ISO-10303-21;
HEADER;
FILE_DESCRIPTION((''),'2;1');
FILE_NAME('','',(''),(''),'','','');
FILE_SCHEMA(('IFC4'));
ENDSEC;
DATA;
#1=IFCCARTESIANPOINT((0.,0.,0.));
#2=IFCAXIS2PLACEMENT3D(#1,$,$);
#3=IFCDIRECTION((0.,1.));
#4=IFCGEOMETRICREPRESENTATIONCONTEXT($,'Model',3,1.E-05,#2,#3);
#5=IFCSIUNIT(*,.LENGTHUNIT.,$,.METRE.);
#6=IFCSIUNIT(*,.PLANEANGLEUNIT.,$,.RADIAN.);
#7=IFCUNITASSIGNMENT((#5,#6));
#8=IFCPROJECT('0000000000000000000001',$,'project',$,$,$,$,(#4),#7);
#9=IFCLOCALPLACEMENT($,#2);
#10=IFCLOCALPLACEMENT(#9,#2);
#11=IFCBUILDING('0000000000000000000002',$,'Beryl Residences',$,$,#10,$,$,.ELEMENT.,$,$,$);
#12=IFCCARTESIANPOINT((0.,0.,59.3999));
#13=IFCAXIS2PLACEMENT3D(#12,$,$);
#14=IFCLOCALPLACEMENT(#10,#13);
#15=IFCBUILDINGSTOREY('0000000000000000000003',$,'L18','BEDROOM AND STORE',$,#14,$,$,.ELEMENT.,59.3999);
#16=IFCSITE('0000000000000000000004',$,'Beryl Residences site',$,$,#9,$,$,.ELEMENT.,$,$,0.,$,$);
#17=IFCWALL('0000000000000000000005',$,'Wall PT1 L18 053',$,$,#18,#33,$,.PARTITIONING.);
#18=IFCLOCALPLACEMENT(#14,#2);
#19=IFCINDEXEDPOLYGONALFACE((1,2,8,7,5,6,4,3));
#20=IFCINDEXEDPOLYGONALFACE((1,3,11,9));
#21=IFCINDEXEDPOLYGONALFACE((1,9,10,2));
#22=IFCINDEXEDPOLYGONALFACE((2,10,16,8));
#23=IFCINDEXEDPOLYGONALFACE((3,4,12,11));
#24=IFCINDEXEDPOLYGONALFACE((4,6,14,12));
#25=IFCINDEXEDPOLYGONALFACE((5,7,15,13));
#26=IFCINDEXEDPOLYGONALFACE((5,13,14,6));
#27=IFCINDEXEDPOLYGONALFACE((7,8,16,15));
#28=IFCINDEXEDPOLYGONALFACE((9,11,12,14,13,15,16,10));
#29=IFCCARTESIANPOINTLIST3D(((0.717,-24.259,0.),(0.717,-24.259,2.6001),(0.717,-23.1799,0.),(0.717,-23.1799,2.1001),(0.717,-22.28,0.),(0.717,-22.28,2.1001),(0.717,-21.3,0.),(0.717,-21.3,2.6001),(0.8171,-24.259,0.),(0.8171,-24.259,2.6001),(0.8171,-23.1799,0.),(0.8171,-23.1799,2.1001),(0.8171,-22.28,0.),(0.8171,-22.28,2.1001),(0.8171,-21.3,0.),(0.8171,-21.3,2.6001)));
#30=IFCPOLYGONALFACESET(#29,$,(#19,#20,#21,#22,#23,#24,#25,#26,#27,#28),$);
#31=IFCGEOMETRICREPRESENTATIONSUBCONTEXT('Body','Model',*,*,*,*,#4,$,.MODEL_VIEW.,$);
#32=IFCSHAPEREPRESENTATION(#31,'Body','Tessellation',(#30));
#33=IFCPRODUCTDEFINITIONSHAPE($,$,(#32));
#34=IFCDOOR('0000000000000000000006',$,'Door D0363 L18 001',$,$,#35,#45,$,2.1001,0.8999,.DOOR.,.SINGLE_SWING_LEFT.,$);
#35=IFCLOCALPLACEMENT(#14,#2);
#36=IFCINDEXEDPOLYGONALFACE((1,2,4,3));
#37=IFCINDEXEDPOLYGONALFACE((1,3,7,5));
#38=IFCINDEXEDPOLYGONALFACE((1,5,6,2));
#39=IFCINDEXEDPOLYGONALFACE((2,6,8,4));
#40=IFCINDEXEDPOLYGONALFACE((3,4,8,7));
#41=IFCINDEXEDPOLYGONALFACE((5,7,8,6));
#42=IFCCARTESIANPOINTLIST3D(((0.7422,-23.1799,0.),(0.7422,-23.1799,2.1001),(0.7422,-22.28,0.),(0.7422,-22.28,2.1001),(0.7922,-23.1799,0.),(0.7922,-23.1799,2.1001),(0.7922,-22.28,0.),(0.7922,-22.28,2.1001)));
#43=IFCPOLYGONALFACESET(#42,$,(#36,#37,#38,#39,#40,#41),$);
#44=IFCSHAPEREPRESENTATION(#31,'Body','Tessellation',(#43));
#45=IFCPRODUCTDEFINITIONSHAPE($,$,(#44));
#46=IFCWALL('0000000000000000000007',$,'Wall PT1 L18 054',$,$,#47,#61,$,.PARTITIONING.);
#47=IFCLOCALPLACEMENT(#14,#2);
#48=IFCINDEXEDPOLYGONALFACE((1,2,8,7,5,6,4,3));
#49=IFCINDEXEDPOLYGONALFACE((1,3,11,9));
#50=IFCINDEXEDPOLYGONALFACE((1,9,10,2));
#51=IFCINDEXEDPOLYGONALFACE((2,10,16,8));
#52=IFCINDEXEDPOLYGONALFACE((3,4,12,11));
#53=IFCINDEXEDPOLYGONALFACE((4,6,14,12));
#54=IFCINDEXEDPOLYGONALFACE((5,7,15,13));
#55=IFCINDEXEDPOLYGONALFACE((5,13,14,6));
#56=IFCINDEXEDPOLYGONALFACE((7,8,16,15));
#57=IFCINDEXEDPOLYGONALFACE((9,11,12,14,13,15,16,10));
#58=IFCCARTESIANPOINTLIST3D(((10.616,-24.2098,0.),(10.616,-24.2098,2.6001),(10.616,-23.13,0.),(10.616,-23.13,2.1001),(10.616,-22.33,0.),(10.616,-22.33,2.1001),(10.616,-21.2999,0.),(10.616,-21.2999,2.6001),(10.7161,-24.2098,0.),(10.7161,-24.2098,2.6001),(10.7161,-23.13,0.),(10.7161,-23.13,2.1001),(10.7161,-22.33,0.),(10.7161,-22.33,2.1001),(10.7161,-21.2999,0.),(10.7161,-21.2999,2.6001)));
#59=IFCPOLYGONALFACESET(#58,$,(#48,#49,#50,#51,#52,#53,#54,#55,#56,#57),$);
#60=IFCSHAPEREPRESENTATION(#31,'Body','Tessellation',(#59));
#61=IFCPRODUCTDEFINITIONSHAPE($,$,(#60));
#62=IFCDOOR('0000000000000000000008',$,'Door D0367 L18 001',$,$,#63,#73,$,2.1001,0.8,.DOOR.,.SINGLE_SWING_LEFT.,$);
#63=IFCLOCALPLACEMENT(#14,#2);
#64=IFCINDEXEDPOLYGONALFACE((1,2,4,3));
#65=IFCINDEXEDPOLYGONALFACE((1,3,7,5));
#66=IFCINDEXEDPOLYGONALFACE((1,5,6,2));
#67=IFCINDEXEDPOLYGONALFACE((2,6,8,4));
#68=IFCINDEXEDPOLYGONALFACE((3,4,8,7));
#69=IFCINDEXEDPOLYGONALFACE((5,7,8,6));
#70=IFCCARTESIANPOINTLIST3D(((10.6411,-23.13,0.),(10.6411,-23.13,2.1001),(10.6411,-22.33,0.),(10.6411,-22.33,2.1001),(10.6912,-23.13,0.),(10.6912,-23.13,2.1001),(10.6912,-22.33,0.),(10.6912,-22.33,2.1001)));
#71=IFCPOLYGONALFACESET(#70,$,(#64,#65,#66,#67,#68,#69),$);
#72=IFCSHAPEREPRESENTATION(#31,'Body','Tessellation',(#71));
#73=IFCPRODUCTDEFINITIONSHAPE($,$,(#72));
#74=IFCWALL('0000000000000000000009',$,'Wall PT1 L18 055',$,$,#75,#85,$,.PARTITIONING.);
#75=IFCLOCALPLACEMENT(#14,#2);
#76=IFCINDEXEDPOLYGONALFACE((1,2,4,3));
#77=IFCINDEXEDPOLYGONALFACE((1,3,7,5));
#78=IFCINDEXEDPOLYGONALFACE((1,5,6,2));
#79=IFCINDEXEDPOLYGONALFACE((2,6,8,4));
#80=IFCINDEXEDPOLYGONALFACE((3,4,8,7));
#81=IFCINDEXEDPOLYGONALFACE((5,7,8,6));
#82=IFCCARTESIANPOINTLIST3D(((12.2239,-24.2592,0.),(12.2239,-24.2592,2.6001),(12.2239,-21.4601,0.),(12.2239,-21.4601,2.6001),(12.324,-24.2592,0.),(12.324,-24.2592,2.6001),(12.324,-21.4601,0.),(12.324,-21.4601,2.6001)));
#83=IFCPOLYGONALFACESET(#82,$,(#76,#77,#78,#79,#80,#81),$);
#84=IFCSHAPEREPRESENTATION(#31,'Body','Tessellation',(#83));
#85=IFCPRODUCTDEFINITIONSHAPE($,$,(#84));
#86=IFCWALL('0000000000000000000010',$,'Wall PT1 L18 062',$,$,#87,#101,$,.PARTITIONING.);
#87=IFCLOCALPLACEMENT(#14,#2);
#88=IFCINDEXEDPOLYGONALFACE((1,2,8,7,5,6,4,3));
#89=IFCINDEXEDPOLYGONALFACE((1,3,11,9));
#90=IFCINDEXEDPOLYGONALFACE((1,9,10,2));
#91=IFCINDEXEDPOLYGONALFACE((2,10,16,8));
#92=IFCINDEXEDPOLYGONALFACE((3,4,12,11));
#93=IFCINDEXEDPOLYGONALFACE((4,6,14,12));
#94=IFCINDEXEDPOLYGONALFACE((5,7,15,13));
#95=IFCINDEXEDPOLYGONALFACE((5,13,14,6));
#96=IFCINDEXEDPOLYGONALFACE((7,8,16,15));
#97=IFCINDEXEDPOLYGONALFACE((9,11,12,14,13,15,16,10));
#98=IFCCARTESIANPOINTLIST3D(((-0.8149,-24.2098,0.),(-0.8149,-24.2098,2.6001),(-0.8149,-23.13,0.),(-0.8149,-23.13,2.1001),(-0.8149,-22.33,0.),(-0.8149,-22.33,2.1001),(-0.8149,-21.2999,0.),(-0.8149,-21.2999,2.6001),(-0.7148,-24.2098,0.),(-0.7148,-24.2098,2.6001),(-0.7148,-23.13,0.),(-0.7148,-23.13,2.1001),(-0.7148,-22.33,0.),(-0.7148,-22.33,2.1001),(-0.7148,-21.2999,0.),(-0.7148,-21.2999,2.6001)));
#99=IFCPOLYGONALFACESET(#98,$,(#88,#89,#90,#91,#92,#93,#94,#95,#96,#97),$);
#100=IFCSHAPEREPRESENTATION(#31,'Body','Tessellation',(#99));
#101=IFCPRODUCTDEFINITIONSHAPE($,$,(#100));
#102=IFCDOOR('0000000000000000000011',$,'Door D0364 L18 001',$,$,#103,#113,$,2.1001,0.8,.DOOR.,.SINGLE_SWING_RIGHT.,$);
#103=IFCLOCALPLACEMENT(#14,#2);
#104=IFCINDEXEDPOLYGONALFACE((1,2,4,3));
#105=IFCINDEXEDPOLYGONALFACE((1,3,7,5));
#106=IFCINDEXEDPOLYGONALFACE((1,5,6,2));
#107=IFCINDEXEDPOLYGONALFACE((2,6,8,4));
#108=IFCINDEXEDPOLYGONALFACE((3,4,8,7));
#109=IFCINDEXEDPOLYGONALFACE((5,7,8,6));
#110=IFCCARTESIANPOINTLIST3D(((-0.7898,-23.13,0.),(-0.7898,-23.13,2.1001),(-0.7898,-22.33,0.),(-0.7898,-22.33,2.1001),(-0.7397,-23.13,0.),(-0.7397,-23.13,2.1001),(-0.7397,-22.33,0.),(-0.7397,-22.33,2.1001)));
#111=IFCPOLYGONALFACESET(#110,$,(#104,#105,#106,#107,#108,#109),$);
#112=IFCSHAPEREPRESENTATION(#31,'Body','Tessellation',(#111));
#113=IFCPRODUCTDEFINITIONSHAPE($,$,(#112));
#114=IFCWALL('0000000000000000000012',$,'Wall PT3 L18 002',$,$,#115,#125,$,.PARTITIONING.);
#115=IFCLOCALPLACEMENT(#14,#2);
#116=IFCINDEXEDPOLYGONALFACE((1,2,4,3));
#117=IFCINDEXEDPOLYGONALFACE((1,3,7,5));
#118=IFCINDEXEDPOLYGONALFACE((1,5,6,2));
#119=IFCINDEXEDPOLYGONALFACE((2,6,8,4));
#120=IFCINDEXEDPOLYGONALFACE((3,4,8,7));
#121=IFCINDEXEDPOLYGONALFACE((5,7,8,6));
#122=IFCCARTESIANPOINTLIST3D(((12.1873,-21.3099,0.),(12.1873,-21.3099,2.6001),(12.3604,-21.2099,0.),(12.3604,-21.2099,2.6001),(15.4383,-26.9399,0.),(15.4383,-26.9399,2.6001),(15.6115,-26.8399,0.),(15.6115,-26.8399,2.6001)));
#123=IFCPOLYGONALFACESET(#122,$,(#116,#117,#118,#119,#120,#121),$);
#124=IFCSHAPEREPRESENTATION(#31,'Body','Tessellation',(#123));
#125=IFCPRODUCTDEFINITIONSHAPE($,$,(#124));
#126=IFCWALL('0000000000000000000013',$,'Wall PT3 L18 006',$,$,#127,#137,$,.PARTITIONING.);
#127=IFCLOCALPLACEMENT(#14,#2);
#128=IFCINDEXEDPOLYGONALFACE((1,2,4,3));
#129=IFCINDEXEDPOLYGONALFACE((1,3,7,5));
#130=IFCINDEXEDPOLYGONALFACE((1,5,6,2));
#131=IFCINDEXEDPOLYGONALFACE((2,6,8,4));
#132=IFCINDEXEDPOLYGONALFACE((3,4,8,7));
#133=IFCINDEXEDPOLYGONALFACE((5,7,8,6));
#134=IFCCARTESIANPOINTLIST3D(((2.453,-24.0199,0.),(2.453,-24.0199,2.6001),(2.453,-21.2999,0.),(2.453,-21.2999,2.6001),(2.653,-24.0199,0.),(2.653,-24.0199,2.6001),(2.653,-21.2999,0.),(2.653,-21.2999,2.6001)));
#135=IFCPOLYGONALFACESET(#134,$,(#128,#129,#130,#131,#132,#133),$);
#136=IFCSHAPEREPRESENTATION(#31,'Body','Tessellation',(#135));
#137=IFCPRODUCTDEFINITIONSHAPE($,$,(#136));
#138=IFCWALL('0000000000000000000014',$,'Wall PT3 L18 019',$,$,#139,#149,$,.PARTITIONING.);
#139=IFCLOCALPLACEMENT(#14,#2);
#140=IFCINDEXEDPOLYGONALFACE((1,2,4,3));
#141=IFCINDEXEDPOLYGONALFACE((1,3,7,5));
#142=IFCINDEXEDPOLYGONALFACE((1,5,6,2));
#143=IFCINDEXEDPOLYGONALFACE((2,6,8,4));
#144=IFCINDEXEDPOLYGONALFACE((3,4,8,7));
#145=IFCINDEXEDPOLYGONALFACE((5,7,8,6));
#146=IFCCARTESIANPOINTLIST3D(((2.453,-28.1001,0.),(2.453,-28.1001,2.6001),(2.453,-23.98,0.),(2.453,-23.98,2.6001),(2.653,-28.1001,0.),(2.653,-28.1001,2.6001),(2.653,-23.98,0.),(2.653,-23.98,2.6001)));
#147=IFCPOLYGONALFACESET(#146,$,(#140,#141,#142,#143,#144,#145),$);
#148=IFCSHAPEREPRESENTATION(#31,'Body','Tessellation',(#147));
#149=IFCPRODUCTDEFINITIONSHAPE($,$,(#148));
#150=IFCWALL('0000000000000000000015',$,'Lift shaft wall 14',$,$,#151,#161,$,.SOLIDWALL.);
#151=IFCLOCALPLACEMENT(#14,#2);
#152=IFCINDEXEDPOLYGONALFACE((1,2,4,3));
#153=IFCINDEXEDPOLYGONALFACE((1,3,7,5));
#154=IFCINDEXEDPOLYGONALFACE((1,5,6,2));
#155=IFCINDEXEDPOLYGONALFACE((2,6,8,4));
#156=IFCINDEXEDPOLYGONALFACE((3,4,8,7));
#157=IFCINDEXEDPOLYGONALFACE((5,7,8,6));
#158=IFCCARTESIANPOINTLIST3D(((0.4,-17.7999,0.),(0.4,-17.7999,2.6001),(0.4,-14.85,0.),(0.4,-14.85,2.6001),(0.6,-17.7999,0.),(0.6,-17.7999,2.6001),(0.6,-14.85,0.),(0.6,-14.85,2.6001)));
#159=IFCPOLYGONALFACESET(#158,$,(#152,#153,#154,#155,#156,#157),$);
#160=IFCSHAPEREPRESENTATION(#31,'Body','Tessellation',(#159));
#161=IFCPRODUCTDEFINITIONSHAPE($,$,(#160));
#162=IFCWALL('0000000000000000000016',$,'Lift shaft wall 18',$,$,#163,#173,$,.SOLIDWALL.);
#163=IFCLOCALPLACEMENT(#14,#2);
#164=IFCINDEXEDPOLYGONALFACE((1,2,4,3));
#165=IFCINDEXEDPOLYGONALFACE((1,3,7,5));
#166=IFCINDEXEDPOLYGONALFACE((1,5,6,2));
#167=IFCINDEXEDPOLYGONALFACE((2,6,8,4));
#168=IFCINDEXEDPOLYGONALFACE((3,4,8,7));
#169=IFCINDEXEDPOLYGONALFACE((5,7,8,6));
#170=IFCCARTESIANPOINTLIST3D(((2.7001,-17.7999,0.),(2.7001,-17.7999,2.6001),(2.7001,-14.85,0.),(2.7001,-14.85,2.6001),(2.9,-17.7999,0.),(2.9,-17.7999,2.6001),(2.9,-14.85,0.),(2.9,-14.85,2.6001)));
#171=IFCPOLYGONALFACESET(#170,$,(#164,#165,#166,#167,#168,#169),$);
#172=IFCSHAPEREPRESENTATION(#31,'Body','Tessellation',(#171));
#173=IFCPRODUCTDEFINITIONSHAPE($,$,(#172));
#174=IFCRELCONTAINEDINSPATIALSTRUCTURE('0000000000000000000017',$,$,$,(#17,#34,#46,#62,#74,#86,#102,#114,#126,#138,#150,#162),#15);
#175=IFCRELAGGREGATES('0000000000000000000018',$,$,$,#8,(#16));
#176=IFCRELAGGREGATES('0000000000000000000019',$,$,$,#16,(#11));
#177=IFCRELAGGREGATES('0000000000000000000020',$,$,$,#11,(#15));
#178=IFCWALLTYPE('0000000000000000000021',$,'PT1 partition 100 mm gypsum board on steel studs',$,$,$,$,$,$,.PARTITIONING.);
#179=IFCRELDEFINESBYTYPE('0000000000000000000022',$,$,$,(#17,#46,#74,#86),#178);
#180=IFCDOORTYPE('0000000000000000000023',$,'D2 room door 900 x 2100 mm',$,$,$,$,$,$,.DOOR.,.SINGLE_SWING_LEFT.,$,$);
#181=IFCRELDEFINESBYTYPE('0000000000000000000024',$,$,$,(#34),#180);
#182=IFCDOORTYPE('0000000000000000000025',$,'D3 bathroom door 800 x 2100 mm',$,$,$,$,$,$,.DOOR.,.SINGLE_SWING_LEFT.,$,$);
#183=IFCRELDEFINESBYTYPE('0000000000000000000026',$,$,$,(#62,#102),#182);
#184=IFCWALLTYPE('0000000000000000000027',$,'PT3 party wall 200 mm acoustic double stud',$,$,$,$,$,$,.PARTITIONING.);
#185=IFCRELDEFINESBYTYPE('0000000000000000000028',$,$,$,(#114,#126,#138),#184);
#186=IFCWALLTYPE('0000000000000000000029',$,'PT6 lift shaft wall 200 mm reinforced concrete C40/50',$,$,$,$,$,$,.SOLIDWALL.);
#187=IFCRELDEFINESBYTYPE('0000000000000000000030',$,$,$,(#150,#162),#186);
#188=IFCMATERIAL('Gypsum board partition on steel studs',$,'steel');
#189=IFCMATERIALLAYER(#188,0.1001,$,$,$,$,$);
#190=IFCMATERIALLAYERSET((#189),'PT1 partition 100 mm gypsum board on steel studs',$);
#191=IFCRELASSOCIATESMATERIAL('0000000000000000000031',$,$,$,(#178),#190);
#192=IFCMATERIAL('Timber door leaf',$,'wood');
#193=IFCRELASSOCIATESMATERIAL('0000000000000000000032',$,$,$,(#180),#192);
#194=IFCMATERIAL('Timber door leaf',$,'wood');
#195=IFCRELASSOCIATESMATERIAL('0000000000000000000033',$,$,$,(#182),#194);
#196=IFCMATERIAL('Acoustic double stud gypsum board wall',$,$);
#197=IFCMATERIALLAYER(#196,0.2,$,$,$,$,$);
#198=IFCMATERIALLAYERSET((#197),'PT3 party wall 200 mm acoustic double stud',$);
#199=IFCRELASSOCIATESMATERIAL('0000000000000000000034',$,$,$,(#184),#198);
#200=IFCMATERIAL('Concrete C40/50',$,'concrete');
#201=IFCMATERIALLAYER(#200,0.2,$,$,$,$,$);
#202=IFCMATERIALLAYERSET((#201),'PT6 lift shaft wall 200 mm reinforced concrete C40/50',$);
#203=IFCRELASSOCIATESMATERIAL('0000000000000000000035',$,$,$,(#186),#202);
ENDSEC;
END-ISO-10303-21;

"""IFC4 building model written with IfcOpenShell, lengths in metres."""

from ifc_helpers import new_model, si_unit, direction, frame, frame_2d, origin, place, context, subcontext, project, spatial, rectangle, extrude, material, layer, layer_set, type_object, element, fill, save


model = new_model("IFC4")

# Units and contexts
model_context = context("Model", 3, precision=1e-05, world=origin(), true_north=direction((0.0, 1.0)))
body_context = subcontext(model_context, "Body", "Model", "MODEL_VIEW")
ifc_project = project(units=[si_unit("LENGTHUNIT", "METRE"), si_unit("PLANEANGLEUNIT", "RADIAN")], contexts=[model_context])

# Site, building, storey
site_placement = place(None, origin())
site = spatial("IfcSite", under=ifc_project, at=site_placement, Name="Beryl Residences site", CompositionType="ELEMENT", RefElevation=0.0)
building_placement = place(site_placement, origin())
building = spatial("IfcBuilding", under=site, at=building_placement, Name="Beryl Residences", CompositionType="ELEMENT")
storey_placement = place(building_placement, frame((0.0, 0.0, 59.3999)))
storey = spatial("IfcBuildingStorey", under=building, at=storey_placement, Name="L18", Description="BEDROOM AND STORE", CompositionType="ELEMENT", Elevation=59.3999)

# Shared definitions
ifc_material_1 = material(Name="Gypsum board partition on steel studs", Category="steel")
ifc_layer_1 = layer(ifc_material_1, 0.1001)
ifc_layer_set_1 = layer_set([ifc_layer_1], Name="PT1 partition 100 mm gypsum board on steel studs")
wall_type_1 = type_object("IfcWallType", Name="PT1 partition 100 mm gypsum board on steel studs", PredefinedType="PARTITIONING", material=ifc_layer_set_1)
ifc_material_2 = material(Name="Timber door leaf", Category="wood")
door_type_1 = type_object("IfcDoorType", Name="D2 room door 900 x 2100 mm", OperationType="SINGLE_SWING_LEFT", PredefinedType="DOOR", material=ifc_material_2)
ifc_material_3 = material(Name="Timber door leaf", Category="wood")
door_type_2 = type_object("IfcDoorType", Name="D3 bathroom door 800 x 2100 mm", OperationType="SINGLE_SWING_LEFT", PredefinedType="DOOR", material=ifc_material_3)

# Walls, openings, doors
wall_1_placement = place(storey_placement, frame((0.7671, -24.259, 0.0), z_axis=(0.0, 0.0, 1.0), x_axis=(0.0, 1.0, 0.0)))
wall_1 = element("IfcWall", 1, at=wall_1_placement, inside=storey, type_object=wall_type_1, Name="Wall PT1 L18 053", PredefinedType="PARTITIONING", context=body_context, shape_type="SweptSolid", body=[
    extrude(rectangle(XDim=2.959, YDim=0.1001, at=frame_2d((1.4795, 0.0))), origin(), (0.0, 0.0, 1.0), 2.6001),
])
opening_1_placement = place(wall_1_placement, frame((1.0791, 0.0, 0.0)))
opening_1 = element("IfcOpeningElement", 2, at=opening_1_placement, cuts=wall_1, PredefinedType="OPENING", context=body_context, shape_type="SweptSolid", body=[
    extrude(rectangle(XDim=0.8999, YDim=2.1001, at=frame_2d((0.45, 1.05))), frame((0.0, 0.0601, 0.0), z_axis=(0.0, -1.0, 0.0), x_axis=(1.0, 0.0, 0.0)), (0.0, 0.0, 1.0), 0.1201),
])
door_1_placement = place(opening_1_placement, origin())
door_1 = element("IfcDoor", 3, at=door_1_placement, inside=storey, type_object=door_type_1, Name="Door D0363 L18 001", OperationType="SINGLE_SWING_LEFT", OverallHeight=2.1001, OverallWidth=0.8999, PredefinedType="DOOR", context=body_context, shape_type="SweptSolid", body=[
    extrude(rectangle(XDim=0.8999, YDim=2.1001, at=frame_2d((0.45, 1.05))), frame((0.0, 0.0249, 0.0), z_axis=(0.0, -1.0, 0.0), x_axis=(1.0, 0.0, 0.0)), (0.0, 0.0, 1.0), 0.05),
])
fill(opening_1, door_1)
wall_2_placement = place(storey_placement, frame((10.666, -24.21, 0.0), z_axis=(0.0, 0.0, 1.0), x_axis=(0.0, 1.0, 0.0)))
wall_2 = element("IfcWall", 4, at=wall_2_placement, inside=storey, type_object=wall_type_1, Name="Wall PT1 L18 054", PredefinedType="PARTITIONING", context=body_context, shape_type="SweptSolid", body=[
    extrude(rectangle(XDim=2.9099, YDim=0.1001, at=frame_2d((1.4551, 0.0))), origin(), (0.0, 0.0, 1.0), 2.6001),
])
opening_2_placement = place(wall_2_placement, frame((1.0801, 0.0, 0.0)))
opening_2 = element("IfcOpeningElement", 5, at=opening_2_placement, cuts=wall_2, PredefinedType="OPENING", context=body_context, shape_type="SweptSolid", body=[
    extrude(rectangle(XDim=0.8, YDim=2.1001, at=frame_2d((0.3999, 1.05))), frame((0.0, 0.0601, 0.0), z_axis=(0.0, -1.0, 0.0), x_axis=(1.0, 0.0, 0.0)), (0.0, 0.0, 1.0), 0.1201),
])
door_2_placement = place(opening_2_placement, origin())
door_2 = element("IfcDoor", 6, at=door_2_placement, inside=storey, type_object=door_type_2, Name="Door D0367 L18 001", OperationType="SINGLE_SWING_LEFT", OverallHeight=2.1001, OverallWidth=0.8, PredefinedType="DOOR", context=body_context, shape_type="SweptSolid", body=[
    extrude(rectangle(XDim=0.8, YDim=2.1001, at=frame_2d((0.3999, 1.05))), frame((0.0, 0.0249, 0.0), z_axis=(0.0, -1.0, 0.0), x_axis=(1.0, 0.0, 0.0)), (0.0, 0.0, 1.0), 0.05),
])
fill(opening_2, door_2)

# Wall
wall_3_placement = place(storey_placement, frame((12.2739, -24.259, 0.0), z_axis=(0.0, 0.0, 1.0), x_axis=(0.0, 1.0, 0.0)))
element("IfcWall", 7, at=wall_3_placement, inside=storey, type_object=wall_type_1, Name="Wall PT1 L18 055", PredefinedType="PARTITIONING", context=body_context, shape_type="SweptSolid", body=[
    extrude(rectangle(XDim=2.7991, YDim=0.1001, at=frame_2d((1.3994, 0.0))), origin(), (0.0, 0.0, 1.0), 2.6001),
])

# Wall, opening, door
wall_4_placement = place(storey_placement, frame((-0.7649, -24.21, 0.0), z_axis=(0.0, 0.0, 1.0), x_axis=(0.0, 1.0, 0.0)))
wall_4 = element("IfcWall", 8, at=wall_4_placement, inside=storey, type_object=wall_type_1, Name="Wall PT1 L18 062", PredefinedType="PARTITIONING", context=body_context, shape_type="SweptSolid", body=[
    extrude(rectangle(XDim=2.9099, YDim=0.1001, at=frame_2d((1.4551, 0.0))), origin(), (0.0, 0.0, 1.0), 2.6001),
])
opening_3_placement = place(wall_4_placement, frame((1.0801, 0.0, 0.0)))
opening_3 = element("IfcOpeningElement", 9, at=opening_3_placement, cuts=wall_4, PredefinedType="OPENING", context=body_context, shape_type="SweptSolid", body=[
    extrude(rectangle(XDim=0.8, YDim=2.1001, at=frame_2d((0.3999, 1.05))), frame((0.0, 0.0601, 0.0), z_axis=(0.0, -1.0, 0.0), x_axis=(1.0, 0.0, 0.0)), (0.0, 0.0, 1.0), 0.1201),
])
door_3_placement = place(opening_3_placement, origin())
door_3 = element("IfcDoor", 10, at=door_3_placement, inside=storey, type_object=door_type_2, Name="Door D0364 L18 001", OperationType="SINGLE_SWING_RIGHT", OverallHeight=2.1001, OverallWidth=0.8, PredefinedType="DOOR", context=body_context, shape_type="SweptSolid", body=[
    extrude(rectangle(XDim=0.8, YDim=2.1001, at=frame_2d((0.3999, 1.05))), frame((0.0, 0.0249, 0.0), z_axis=(0.0, -1.0, 0.0), x_axis=(1.0, 0.0, 0.0)), (0.0, 0.0, 1.0), 0.05),
])
fill(opening_3, door_3)

# Walls
ifc_material_4 = material(Name="Acoustic double stud gypsum board wall")
ifc_layer_2 = layer(ifc_material_4, 0.2)
ifc_layer_set_2 = layer_set([ifc_layer_2], Name="PT3 party wall 200 mm acoustic double stud")
wall_type_2 = type_object("IfcWallType", Name="PT3 party wall 200 mm acoustic double stud", PredefinedType="PARTITIONING", material=ifc_layer_set_2)
wall_5_placement = place(storey_placement, frame((12.2739, -21.26, 0.0), z_axis=(0.0, 0.0, 1.0), x_axis=(0.500065, -0.865988, 0.0)))
element("IfcWall", 11, at=wall_5_placement, inside=storey, type_object=wall_type_2, Name="Wall PT3 L18 002", PredefinedType="PARTITIONING", context=body_context, shape_type="SweptSolid", body=[
    extrude(rectangle(XDim=6.5012, YDim=0.2, at=frame_2d((3.2505, 0.0))), origin(), (0.0, 0.0, 1.0), 2.6001),
])
wall_6_placement = place(storey_placement, frame((2.553, -21.3, 0.0), z_axis=(0.0, 0.0, 1.0), x_axis=(0.0, -1.0, 0.0)))
element("IfcWall", 12, at=wall_6_placement, inside=storey, type_object=wall_type_2, Name="Wall PT3 L18 006", PredefinedType="PARTITIONING", context=body_context, shape_type="SweptSolid", body=[
    extrude(rectangle(XDim=2.72, YDim=0.2, at=frame_2d((1.3599, 0.0))), origin(), (0.0, 0.0, 1.0), 2.6001),
])
wall_7_placement = place(storey_placement, frame((2.553, -28.1001, 0.0), z_axis=(0.0, 0.0, 1.0), x_axis=(0.0, 1.0, 0.0)))
element("IfcWall", 13, at=wall_7_placement, inside=storey, type_object=wall_type_2, Name="Wall PT3 L18 019", PredefinedType="PARTITIONING", context=body_context, shape_type="SweptSolid", body=[
    extrude(rectangle(XDim=4.1201, YDim=0.2, at=frame_2d((2.0601, 0.0))), origin(), (0.0, 0.0, 1.0), 2.6001),
])
ifc_material_5 = material(Name="Concrete C40/50", Category="concrete")
ifc_layer_3 = layer(ifc_material_5, 0.2)
ifc_layer_set_3 = layer_set([ifc_layer_3], Name="PT6 lift shaft wall 200 mm reinforced concrete C40/50")
wall_type_3 = type_object("IfcWallType", Name="PT6 lift shaft wall 200 mm reinforced concrete C40/50", PredefinedType="SOLIDWALL", material=ifc_layer_set_3)
for number, where, z_axis, x_axis, name in (
    (14, (0.5, -17.8, 0.0), (0.0, 0.0, 1.0), (0.0, 1.0, 0.0), "Lift shaft wall 14"),
    (15, (2.8, -17.8, 0.0), (0.0, 0.0, 1.0), (0.0, 1.0, 0.0), "Lift shaft wall 18"),
):
    element("IfcWall", number, at=place(storey_placement, frame(where, z_axis=z_axis, x_axis=x_axis)), inside=storey, type_object=wall_type_3, Name=name, PredefinedType="SOLIDWALL", context=body_context, shape_type="SweptSolid", body=[
        extrude(rectangle(XDim=2.95, YDim=0.2, at=frame_2d((1.4751, 0.0))), origin(), (0.0, 0.0, 1.0), 2.6001),
    ])

save(model, "model.ifc")
